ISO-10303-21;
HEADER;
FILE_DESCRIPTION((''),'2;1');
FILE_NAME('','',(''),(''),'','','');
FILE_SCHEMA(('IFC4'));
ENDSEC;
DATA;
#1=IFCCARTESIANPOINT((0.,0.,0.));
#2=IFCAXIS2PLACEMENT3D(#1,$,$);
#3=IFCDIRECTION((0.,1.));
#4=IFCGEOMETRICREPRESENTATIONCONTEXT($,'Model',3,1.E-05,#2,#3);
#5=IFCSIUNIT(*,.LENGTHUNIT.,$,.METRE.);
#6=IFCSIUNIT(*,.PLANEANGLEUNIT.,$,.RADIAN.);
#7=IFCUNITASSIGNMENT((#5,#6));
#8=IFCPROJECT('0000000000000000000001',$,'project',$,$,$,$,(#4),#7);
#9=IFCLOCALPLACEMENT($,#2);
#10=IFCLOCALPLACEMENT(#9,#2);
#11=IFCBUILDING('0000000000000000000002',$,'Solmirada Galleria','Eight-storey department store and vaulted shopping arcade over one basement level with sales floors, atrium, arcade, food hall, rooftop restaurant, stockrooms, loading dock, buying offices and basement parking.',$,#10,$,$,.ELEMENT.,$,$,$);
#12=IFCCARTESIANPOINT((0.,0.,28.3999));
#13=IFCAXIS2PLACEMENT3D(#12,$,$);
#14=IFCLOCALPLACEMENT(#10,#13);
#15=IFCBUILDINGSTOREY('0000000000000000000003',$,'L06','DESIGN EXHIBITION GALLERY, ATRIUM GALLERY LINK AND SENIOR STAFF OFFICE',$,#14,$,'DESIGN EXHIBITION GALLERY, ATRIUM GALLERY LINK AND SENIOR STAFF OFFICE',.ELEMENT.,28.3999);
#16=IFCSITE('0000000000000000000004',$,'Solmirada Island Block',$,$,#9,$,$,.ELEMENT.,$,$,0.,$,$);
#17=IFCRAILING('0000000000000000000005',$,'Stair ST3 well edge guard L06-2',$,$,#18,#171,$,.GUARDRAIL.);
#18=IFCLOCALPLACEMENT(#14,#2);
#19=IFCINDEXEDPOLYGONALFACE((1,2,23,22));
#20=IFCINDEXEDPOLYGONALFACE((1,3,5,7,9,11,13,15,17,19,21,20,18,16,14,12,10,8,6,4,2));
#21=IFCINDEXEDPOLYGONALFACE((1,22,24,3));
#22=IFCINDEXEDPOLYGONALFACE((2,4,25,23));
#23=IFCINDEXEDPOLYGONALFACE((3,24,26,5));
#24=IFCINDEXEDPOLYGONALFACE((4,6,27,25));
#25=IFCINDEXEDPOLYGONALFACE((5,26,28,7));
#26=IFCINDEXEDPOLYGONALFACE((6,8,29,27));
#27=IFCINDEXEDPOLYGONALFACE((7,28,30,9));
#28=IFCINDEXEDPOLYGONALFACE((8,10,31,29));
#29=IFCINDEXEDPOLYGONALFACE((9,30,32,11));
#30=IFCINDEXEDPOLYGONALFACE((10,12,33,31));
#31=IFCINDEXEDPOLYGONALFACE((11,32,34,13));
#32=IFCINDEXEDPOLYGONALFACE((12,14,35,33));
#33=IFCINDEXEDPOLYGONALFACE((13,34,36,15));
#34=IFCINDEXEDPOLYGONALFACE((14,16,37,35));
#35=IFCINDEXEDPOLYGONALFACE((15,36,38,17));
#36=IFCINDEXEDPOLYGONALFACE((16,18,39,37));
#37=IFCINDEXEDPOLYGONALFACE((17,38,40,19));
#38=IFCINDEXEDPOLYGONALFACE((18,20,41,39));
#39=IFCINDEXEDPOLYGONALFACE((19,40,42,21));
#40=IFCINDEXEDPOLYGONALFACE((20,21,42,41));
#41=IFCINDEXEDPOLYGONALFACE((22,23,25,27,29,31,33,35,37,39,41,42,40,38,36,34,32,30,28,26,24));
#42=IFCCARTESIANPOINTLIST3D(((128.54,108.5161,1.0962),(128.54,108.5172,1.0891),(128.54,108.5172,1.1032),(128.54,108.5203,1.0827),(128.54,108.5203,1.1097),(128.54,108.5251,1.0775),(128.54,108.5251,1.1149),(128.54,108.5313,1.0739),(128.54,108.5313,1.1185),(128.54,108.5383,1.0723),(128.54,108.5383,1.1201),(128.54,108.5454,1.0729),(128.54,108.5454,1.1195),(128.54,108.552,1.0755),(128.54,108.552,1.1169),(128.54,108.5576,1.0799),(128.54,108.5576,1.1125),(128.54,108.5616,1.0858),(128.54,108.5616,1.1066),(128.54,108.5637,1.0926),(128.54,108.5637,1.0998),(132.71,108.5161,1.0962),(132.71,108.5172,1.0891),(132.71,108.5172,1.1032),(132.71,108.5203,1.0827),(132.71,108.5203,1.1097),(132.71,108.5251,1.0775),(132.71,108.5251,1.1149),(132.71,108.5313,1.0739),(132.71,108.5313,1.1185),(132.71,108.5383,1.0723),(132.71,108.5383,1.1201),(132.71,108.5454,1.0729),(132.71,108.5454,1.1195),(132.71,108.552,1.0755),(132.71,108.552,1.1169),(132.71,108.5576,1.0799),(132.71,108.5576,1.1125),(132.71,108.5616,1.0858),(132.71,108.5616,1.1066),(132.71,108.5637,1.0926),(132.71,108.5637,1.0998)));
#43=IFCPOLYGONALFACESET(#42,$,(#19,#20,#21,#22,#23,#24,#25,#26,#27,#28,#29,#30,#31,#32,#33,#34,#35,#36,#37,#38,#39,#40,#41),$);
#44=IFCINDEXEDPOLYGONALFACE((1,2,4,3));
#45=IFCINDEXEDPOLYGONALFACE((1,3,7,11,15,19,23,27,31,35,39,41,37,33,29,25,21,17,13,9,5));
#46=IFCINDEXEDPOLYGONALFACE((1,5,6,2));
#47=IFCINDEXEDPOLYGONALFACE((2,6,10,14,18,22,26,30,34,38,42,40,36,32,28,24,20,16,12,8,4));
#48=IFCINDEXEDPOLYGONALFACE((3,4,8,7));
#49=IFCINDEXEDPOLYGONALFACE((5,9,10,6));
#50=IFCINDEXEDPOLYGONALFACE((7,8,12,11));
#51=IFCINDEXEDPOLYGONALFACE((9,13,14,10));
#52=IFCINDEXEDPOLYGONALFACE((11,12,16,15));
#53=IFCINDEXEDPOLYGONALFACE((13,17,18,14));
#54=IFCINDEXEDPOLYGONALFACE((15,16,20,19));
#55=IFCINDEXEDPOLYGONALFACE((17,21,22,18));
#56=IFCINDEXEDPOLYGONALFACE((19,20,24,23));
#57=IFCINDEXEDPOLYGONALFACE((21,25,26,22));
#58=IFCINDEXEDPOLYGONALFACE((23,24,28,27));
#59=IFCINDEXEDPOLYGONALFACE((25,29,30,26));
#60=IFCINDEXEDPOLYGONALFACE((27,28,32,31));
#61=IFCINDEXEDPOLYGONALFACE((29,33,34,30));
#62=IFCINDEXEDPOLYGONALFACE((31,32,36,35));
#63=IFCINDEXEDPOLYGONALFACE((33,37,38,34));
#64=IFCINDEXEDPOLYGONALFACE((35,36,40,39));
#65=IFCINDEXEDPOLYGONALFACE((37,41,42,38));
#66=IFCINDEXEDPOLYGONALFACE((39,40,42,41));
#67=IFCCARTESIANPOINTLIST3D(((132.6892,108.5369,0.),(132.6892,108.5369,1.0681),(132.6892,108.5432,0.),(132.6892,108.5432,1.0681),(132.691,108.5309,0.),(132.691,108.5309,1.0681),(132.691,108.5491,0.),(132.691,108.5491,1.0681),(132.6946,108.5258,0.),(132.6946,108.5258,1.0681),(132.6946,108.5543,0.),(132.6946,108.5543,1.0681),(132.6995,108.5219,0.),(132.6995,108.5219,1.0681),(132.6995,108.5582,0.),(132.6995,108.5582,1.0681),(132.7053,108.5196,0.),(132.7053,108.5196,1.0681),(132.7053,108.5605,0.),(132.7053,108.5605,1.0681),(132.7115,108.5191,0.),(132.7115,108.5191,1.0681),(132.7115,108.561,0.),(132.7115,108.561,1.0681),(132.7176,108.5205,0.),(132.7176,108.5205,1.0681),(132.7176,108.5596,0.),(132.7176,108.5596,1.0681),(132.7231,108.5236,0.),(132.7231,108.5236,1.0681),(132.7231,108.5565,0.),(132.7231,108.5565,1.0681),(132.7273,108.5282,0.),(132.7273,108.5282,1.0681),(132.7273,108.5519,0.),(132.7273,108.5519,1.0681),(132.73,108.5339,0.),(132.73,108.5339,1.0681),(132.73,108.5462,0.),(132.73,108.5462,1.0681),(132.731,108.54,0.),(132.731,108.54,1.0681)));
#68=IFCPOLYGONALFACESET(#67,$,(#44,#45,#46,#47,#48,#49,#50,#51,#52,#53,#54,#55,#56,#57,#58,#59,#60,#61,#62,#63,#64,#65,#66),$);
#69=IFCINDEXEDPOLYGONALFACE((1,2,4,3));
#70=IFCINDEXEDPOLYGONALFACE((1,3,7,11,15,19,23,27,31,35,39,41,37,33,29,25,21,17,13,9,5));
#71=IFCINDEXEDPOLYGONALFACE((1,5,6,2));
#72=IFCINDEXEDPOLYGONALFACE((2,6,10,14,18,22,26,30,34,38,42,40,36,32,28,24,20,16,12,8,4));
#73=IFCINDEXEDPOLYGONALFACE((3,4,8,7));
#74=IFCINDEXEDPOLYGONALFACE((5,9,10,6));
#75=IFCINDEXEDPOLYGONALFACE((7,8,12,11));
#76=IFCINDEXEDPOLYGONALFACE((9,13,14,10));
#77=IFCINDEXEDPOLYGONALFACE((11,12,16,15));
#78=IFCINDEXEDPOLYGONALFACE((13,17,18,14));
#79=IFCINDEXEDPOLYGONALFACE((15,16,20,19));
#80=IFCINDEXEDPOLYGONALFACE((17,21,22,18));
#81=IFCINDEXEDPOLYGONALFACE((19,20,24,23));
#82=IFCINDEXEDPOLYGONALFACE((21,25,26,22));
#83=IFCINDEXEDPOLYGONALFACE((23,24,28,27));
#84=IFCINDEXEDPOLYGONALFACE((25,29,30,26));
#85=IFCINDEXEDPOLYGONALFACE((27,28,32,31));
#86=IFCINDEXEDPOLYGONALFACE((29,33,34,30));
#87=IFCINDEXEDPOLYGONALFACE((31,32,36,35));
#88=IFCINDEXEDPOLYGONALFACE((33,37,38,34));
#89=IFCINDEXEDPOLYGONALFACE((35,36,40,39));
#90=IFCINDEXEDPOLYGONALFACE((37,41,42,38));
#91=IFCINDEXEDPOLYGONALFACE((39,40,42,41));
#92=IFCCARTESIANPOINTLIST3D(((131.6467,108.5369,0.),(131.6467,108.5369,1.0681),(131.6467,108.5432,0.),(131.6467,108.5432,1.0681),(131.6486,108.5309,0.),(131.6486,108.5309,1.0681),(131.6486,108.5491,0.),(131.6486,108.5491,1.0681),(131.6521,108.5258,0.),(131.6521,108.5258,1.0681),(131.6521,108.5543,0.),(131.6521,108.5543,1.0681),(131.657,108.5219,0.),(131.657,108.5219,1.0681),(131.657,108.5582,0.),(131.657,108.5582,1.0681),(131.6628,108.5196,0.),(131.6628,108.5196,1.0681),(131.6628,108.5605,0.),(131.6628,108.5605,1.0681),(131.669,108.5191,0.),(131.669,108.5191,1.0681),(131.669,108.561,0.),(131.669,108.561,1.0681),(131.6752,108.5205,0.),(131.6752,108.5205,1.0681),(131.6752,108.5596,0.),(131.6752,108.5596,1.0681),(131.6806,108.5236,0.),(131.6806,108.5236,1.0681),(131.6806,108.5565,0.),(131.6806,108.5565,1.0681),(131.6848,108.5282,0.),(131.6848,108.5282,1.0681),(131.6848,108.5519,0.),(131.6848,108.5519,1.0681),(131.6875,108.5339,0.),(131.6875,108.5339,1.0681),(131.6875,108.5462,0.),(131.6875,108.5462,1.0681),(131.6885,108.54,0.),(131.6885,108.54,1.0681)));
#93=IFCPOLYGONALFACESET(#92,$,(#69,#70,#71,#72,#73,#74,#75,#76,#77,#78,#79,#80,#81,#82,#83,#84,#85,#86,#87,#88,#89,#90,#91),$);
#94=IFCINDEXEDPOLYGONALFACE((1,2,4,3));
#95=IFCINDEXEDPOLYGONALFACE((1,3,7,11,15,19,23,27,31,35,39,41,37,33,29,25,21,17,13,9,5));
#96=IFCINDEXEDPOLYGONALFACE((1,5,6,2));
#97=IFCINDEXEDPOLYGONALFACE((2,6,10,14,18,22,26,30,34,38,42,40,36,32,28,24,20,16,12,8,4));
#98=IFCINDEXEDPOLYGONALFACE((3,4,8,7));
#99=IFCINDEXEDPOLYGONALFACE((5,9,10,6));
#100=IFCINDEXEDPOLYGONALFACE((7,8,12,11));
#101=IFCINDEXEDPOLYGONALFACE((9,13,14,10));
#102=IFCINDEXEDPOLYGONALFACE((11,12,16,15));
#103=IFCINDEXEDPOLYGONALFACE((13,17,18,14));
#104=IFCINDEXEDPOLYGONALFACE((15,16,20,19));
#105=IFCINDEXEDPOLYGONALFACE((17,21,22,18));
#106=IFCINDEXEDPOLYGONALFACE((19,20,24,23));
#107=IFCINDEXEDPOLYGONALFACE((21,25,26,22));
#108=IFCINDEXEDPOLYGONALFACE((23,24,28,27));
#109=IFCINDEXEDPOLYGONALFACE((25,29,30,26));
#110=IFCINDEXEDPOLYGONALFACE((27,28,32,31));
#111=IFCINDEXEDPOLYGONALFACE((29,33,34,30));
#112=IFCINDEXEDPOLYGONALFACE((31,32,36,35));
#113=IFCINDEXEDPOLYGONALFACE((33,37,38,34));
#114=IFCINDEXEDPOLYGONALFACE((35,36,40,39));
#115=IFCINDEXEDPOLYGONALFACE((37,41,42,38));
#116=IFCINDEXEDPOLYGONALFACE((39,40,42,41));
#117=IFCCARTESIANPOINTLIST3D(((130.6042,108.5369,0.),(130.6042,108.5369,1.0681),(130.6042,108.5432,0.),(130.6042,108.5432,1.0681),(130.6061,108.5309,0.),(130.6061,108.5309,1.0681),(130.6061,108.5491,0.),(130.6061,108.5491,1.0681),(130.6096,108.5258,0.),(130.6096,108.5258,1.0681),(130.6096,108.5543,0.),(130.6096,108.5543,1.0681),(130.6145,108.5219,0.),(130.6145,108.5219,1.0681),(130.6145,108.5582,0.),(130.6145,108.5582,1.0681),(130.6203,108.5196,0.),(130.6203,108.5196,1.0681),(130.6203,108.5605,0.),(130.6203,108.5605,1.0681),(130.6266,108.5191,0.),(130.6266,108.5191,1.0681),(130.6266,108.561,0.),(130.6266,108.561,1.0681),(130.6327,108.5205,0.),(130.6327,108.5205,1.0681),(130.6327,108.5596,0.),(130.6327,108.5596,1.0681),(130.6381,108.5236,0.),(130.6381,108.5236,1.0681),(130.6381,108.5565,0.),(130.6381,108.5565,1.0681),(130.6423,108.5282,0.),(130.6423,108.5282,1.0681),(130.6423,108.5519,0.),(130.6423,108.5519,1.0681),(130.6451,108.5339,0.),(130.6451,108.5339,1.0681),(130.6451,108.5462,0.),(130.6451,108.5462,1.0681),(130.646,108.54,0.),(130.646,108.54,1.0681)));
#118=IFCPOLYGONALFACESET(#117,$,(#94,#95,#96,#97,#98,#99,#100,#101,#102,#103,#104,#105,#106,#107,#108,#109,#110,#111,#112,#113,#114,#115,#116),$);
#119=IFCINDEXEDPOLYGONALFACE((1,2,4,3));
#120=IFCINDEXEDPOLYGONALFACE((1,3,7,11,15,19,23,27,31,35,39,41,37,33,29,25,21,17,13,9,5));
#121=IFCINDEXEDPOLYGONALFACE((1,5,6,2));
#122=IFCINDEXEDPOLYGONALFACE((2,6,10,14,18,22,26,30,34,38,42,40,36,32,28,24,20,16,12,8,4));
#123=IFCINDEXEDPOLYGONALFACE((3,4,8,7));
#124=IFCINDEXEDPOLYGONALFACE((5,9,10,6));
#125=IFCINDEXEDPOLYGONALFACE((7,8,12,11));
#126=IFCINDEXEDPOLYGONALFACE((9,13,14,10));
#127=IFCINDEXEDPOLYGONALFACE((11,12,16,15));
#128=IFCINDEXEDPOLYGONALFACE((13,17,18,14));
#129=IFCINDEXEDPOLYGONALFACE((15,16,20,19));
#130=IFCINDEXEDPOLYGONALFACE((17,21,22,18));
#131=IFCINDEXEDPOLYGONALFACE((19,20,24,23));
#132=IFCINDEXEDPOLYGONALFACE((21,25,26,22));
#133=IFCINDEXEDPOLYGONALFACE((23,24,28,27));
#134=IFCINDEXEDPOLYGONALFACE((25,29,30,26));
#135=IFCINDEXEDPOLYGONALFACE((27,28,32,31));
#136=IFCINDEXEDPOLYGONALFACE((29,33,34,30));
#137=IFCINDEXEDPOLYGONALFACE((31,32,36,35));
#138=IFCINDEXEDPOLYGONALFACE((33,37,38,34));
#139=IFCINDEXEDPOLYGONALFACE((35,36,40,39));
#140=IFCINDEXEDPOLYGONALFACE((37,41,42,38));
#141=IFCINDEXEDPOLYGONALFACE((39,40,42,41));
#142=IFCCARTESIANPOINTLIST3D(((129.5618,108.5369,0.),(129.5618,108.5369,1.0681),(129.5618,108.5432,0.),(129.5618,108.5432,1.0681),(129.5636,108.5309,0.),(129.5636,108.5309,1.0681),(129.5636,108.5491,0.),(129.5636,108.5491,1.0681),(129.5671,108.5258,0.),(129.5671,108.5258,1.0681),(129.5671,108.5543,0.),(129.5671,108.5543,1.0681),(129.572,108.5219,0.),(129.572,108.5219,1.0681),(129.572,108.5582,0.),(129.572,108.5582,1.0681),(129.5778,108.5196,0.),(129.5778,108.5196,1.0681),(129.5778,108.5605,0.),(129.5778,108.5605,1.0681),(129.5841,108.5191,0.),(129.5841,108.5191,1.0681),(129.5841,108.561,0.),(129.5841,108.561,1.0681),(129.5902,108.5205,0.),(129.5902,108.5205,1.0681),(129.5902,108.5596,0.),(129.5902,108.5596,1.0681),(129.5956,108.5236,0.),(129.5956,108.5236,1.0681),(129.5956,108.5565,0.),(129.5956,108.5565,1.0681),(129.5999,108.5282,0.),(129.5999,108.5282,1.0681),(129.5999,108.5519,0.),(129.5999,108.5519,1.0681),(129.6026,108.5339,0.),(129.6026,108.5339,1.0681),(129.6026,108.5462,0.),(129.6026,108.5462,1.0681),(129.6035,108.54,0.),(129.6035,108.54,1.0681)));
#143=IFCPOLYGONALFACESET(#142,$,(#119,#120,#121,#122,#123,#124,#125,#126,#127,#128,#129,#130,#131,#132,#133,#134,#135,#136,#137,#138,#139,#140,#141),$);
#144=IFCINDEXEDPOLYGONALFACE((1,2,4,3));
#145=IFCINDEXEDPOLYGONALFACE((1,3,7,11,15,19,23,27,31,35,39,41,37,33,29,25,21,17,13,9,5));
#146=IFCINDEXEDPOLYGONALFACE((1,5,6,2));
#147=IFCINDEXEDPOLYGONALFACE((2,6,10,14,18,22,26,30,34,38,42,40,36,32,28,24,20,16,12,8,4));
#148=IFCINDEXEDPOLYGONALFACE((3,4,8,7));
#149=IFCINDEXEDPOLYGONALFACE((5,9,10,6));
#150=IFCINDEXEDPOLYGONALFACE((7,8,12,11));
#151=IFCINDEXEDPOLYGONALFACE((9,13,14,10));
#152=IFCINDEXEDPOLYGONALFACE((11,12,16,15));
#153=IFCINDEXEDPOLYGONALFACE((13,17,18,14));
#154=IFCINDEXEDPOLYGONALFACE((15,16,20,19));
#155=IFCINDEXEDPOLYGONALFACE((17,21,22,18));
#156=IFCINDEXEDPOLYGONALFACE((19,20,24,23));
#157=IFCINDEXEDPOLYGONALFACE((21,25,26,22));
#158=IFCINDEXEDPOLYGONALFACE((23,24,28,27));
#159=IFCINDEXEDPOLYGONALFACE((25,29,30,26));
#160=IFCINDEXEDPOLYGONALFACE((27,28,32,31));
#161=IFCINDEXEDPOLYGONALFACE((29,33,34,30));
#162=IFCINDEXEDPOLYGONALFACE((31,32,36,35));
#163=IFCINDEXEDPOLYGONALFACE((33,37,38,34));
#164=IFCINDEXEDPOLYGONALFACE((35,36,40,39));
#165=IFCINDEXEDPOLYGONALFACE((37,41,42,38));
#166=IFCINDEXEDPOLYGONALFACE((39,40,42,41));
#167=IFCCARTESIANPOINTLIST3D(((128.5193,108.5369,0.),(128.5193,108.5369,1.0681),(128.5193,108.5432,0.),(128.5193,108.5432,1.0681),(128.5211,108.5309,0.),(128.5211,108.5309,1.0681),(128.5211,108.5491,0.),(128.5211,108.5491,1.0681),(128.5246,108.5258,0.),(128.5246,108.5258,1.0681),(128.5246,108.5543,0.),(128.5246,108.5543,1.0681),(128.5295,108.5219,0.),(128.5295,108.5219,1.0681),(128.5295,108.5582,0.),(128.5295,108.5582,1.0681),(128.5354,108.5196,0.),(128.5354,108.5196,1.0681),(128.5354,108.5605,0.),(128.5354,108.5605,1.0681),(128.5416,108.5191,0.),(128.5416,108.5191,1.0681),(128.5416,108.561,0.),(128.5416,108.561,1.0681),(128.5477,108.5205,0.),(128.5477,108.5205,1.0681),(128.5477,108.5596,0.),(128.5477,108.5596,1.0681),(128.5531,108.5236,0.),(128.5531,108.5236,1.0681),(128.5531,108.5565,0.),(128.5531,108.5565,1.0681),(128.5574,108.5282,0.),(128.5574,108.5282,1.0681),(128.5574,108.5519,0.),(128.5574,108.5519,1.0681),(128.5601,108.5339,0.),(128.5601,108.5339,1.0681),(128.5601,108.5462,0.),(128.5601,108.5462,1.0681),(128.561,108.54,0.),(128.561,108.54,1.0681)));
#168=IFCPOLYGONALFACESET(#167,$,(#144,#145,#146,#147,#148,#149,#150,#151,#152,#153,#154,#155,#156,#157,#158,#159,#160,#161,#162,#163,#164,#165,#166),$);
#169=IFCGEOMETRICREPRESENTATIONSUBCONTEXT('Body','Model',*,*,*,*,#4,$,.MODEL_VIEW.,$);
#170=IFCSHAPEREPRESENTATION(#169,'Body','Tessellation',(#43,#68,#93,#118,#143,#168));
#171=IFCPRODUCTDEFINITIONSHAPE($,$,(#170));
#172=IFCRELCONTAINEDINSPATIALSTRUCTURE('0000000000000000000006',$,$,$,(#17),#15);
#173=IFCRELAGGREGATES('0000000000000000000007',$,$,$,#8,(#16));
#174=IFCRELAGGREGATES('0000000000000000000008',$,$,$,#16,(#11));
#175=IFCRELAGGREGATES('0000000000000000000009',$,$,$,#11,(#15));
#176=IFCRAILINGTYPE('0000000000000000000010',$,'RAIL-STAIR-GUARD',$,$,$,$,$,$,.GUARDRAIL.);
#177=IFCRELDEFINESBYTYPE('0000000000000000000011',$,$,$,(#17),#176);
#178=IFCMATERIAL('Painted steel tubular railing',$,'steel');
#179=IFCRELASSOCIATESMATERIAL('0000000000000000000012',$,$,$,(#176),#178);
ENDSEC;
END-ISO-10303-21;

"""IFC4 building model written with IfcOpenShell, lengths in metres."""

from ifc_helpers import new_model, si_unit, direction, frame, origin, origin_2d, place, context, subcontext, project, spatial, circle, extrude, material, type_object, element, save


model = new_model("IFC4")

# Units and contexts
model_context = context("Model", 3, precision=1e-05, world=origin(), true_north=direction((0.0, 1.0)))
body_context = subcontext(model_context, "Body", "Model", "MODEL_VIEW")
ifc_project = project(units=[si_unit("LENGTHUNIT", "METRE"), si_unit("PLANEANGLEUNIT", "RADIAN")], contexts=[model_context])

# Site, building, storey
site_placement = place(None, origin())
site = spatial("IfcSite", under=ifc_project, at=site_placement, Name="Solmirada Island Block", CompositionType="ELEMENT", RefElevation=0.0)
building_placement = place(site_placement, origin())
building = spatial("IfcBuilding", under=site, at=building_placement, Name="Solmirada Galleria", Description="Eight-storey department store and vaulted shopping arcade over one basement level with sales floors, atrium, arcade, food hall, rooftop restaurant, stockrooms, loading dock, buying offices and basement parking.", CompositionType="ELEMENT")
storey_placement = place(building_placement, frame((0.0, 0.0, 28.3999)))
storey = spatial("IfcBuildingStorey", under=building, at=storey_placement, Name="L06", Description="DESIGN EXHIBITION GALLERY, ATRIUM GALLERY LINK AND SENIOR STAFF OFFICE", LongName="DESIGN EXHIBITION GALLERY, ATRIUM GALLERY LINK AND SENIOR STAFF OFFICE", CompositionType="ELEMENT", Elevation=28.3999)

# Railing
ifc_material_1 = material(Name="Painted steel tubular railing", Category="steel")
railing_type_1 = type_object("IfcRailingType", Name="RAIL-STAIR-GUARD", PredefinedType="GUARDRAIL", material=ifc_material_1)
railing_1_placement = place(storey_placement, frame((132.71, 108.54, 0.0)))
element("IfcRailing", 1, at=railing_1_placement, inside=storey, type_object=railing_type_1, Name="Stair ST3 well edge guard L06-2", PredefinedType="GUARDRAIL", context=body_context, shape_type="SweptSolid", body=[
    extrude(circle(Radius=0.0239, at=origin_2d()), frame((0.0, 0.0, 1.0962), z_axis=(-1.0, 0.0, 0.0), x_axis=(0.0, -1.0, 0.0)), (0.0, 0.0, 1.0), 4.1699),
    extrude(circle(Radius=0.021, at=origin_2d()), origin(), (0.0, 0.0, 1.0), 1.0681),
    extrude(circle(Radius=0.021, at=origin_2d()), frame((-1.0425, 0.0, 0.0)), (0.0, 0.0, 1.0), 1.0681),
    extrude(circle(Radius=0.021, at=origin_2d()), frame((-2.085, 0.0, 0.0)), (0.0, 0.0, 1.0), 1.0681),
    extrude(circle(Radius=0.021, at=origin_2d()), frame((-3.1274, 0.0, 0.0)), (0.0, 0.0, 1.0), 1.0681),
    extrude(circle(Radius=0.021, at=origin_2d()), frame((-4.1699, 0.0, 0.0)), (0.0, 0.0, 1.0), 1.0681),
])

save(model, "model.ifc")
